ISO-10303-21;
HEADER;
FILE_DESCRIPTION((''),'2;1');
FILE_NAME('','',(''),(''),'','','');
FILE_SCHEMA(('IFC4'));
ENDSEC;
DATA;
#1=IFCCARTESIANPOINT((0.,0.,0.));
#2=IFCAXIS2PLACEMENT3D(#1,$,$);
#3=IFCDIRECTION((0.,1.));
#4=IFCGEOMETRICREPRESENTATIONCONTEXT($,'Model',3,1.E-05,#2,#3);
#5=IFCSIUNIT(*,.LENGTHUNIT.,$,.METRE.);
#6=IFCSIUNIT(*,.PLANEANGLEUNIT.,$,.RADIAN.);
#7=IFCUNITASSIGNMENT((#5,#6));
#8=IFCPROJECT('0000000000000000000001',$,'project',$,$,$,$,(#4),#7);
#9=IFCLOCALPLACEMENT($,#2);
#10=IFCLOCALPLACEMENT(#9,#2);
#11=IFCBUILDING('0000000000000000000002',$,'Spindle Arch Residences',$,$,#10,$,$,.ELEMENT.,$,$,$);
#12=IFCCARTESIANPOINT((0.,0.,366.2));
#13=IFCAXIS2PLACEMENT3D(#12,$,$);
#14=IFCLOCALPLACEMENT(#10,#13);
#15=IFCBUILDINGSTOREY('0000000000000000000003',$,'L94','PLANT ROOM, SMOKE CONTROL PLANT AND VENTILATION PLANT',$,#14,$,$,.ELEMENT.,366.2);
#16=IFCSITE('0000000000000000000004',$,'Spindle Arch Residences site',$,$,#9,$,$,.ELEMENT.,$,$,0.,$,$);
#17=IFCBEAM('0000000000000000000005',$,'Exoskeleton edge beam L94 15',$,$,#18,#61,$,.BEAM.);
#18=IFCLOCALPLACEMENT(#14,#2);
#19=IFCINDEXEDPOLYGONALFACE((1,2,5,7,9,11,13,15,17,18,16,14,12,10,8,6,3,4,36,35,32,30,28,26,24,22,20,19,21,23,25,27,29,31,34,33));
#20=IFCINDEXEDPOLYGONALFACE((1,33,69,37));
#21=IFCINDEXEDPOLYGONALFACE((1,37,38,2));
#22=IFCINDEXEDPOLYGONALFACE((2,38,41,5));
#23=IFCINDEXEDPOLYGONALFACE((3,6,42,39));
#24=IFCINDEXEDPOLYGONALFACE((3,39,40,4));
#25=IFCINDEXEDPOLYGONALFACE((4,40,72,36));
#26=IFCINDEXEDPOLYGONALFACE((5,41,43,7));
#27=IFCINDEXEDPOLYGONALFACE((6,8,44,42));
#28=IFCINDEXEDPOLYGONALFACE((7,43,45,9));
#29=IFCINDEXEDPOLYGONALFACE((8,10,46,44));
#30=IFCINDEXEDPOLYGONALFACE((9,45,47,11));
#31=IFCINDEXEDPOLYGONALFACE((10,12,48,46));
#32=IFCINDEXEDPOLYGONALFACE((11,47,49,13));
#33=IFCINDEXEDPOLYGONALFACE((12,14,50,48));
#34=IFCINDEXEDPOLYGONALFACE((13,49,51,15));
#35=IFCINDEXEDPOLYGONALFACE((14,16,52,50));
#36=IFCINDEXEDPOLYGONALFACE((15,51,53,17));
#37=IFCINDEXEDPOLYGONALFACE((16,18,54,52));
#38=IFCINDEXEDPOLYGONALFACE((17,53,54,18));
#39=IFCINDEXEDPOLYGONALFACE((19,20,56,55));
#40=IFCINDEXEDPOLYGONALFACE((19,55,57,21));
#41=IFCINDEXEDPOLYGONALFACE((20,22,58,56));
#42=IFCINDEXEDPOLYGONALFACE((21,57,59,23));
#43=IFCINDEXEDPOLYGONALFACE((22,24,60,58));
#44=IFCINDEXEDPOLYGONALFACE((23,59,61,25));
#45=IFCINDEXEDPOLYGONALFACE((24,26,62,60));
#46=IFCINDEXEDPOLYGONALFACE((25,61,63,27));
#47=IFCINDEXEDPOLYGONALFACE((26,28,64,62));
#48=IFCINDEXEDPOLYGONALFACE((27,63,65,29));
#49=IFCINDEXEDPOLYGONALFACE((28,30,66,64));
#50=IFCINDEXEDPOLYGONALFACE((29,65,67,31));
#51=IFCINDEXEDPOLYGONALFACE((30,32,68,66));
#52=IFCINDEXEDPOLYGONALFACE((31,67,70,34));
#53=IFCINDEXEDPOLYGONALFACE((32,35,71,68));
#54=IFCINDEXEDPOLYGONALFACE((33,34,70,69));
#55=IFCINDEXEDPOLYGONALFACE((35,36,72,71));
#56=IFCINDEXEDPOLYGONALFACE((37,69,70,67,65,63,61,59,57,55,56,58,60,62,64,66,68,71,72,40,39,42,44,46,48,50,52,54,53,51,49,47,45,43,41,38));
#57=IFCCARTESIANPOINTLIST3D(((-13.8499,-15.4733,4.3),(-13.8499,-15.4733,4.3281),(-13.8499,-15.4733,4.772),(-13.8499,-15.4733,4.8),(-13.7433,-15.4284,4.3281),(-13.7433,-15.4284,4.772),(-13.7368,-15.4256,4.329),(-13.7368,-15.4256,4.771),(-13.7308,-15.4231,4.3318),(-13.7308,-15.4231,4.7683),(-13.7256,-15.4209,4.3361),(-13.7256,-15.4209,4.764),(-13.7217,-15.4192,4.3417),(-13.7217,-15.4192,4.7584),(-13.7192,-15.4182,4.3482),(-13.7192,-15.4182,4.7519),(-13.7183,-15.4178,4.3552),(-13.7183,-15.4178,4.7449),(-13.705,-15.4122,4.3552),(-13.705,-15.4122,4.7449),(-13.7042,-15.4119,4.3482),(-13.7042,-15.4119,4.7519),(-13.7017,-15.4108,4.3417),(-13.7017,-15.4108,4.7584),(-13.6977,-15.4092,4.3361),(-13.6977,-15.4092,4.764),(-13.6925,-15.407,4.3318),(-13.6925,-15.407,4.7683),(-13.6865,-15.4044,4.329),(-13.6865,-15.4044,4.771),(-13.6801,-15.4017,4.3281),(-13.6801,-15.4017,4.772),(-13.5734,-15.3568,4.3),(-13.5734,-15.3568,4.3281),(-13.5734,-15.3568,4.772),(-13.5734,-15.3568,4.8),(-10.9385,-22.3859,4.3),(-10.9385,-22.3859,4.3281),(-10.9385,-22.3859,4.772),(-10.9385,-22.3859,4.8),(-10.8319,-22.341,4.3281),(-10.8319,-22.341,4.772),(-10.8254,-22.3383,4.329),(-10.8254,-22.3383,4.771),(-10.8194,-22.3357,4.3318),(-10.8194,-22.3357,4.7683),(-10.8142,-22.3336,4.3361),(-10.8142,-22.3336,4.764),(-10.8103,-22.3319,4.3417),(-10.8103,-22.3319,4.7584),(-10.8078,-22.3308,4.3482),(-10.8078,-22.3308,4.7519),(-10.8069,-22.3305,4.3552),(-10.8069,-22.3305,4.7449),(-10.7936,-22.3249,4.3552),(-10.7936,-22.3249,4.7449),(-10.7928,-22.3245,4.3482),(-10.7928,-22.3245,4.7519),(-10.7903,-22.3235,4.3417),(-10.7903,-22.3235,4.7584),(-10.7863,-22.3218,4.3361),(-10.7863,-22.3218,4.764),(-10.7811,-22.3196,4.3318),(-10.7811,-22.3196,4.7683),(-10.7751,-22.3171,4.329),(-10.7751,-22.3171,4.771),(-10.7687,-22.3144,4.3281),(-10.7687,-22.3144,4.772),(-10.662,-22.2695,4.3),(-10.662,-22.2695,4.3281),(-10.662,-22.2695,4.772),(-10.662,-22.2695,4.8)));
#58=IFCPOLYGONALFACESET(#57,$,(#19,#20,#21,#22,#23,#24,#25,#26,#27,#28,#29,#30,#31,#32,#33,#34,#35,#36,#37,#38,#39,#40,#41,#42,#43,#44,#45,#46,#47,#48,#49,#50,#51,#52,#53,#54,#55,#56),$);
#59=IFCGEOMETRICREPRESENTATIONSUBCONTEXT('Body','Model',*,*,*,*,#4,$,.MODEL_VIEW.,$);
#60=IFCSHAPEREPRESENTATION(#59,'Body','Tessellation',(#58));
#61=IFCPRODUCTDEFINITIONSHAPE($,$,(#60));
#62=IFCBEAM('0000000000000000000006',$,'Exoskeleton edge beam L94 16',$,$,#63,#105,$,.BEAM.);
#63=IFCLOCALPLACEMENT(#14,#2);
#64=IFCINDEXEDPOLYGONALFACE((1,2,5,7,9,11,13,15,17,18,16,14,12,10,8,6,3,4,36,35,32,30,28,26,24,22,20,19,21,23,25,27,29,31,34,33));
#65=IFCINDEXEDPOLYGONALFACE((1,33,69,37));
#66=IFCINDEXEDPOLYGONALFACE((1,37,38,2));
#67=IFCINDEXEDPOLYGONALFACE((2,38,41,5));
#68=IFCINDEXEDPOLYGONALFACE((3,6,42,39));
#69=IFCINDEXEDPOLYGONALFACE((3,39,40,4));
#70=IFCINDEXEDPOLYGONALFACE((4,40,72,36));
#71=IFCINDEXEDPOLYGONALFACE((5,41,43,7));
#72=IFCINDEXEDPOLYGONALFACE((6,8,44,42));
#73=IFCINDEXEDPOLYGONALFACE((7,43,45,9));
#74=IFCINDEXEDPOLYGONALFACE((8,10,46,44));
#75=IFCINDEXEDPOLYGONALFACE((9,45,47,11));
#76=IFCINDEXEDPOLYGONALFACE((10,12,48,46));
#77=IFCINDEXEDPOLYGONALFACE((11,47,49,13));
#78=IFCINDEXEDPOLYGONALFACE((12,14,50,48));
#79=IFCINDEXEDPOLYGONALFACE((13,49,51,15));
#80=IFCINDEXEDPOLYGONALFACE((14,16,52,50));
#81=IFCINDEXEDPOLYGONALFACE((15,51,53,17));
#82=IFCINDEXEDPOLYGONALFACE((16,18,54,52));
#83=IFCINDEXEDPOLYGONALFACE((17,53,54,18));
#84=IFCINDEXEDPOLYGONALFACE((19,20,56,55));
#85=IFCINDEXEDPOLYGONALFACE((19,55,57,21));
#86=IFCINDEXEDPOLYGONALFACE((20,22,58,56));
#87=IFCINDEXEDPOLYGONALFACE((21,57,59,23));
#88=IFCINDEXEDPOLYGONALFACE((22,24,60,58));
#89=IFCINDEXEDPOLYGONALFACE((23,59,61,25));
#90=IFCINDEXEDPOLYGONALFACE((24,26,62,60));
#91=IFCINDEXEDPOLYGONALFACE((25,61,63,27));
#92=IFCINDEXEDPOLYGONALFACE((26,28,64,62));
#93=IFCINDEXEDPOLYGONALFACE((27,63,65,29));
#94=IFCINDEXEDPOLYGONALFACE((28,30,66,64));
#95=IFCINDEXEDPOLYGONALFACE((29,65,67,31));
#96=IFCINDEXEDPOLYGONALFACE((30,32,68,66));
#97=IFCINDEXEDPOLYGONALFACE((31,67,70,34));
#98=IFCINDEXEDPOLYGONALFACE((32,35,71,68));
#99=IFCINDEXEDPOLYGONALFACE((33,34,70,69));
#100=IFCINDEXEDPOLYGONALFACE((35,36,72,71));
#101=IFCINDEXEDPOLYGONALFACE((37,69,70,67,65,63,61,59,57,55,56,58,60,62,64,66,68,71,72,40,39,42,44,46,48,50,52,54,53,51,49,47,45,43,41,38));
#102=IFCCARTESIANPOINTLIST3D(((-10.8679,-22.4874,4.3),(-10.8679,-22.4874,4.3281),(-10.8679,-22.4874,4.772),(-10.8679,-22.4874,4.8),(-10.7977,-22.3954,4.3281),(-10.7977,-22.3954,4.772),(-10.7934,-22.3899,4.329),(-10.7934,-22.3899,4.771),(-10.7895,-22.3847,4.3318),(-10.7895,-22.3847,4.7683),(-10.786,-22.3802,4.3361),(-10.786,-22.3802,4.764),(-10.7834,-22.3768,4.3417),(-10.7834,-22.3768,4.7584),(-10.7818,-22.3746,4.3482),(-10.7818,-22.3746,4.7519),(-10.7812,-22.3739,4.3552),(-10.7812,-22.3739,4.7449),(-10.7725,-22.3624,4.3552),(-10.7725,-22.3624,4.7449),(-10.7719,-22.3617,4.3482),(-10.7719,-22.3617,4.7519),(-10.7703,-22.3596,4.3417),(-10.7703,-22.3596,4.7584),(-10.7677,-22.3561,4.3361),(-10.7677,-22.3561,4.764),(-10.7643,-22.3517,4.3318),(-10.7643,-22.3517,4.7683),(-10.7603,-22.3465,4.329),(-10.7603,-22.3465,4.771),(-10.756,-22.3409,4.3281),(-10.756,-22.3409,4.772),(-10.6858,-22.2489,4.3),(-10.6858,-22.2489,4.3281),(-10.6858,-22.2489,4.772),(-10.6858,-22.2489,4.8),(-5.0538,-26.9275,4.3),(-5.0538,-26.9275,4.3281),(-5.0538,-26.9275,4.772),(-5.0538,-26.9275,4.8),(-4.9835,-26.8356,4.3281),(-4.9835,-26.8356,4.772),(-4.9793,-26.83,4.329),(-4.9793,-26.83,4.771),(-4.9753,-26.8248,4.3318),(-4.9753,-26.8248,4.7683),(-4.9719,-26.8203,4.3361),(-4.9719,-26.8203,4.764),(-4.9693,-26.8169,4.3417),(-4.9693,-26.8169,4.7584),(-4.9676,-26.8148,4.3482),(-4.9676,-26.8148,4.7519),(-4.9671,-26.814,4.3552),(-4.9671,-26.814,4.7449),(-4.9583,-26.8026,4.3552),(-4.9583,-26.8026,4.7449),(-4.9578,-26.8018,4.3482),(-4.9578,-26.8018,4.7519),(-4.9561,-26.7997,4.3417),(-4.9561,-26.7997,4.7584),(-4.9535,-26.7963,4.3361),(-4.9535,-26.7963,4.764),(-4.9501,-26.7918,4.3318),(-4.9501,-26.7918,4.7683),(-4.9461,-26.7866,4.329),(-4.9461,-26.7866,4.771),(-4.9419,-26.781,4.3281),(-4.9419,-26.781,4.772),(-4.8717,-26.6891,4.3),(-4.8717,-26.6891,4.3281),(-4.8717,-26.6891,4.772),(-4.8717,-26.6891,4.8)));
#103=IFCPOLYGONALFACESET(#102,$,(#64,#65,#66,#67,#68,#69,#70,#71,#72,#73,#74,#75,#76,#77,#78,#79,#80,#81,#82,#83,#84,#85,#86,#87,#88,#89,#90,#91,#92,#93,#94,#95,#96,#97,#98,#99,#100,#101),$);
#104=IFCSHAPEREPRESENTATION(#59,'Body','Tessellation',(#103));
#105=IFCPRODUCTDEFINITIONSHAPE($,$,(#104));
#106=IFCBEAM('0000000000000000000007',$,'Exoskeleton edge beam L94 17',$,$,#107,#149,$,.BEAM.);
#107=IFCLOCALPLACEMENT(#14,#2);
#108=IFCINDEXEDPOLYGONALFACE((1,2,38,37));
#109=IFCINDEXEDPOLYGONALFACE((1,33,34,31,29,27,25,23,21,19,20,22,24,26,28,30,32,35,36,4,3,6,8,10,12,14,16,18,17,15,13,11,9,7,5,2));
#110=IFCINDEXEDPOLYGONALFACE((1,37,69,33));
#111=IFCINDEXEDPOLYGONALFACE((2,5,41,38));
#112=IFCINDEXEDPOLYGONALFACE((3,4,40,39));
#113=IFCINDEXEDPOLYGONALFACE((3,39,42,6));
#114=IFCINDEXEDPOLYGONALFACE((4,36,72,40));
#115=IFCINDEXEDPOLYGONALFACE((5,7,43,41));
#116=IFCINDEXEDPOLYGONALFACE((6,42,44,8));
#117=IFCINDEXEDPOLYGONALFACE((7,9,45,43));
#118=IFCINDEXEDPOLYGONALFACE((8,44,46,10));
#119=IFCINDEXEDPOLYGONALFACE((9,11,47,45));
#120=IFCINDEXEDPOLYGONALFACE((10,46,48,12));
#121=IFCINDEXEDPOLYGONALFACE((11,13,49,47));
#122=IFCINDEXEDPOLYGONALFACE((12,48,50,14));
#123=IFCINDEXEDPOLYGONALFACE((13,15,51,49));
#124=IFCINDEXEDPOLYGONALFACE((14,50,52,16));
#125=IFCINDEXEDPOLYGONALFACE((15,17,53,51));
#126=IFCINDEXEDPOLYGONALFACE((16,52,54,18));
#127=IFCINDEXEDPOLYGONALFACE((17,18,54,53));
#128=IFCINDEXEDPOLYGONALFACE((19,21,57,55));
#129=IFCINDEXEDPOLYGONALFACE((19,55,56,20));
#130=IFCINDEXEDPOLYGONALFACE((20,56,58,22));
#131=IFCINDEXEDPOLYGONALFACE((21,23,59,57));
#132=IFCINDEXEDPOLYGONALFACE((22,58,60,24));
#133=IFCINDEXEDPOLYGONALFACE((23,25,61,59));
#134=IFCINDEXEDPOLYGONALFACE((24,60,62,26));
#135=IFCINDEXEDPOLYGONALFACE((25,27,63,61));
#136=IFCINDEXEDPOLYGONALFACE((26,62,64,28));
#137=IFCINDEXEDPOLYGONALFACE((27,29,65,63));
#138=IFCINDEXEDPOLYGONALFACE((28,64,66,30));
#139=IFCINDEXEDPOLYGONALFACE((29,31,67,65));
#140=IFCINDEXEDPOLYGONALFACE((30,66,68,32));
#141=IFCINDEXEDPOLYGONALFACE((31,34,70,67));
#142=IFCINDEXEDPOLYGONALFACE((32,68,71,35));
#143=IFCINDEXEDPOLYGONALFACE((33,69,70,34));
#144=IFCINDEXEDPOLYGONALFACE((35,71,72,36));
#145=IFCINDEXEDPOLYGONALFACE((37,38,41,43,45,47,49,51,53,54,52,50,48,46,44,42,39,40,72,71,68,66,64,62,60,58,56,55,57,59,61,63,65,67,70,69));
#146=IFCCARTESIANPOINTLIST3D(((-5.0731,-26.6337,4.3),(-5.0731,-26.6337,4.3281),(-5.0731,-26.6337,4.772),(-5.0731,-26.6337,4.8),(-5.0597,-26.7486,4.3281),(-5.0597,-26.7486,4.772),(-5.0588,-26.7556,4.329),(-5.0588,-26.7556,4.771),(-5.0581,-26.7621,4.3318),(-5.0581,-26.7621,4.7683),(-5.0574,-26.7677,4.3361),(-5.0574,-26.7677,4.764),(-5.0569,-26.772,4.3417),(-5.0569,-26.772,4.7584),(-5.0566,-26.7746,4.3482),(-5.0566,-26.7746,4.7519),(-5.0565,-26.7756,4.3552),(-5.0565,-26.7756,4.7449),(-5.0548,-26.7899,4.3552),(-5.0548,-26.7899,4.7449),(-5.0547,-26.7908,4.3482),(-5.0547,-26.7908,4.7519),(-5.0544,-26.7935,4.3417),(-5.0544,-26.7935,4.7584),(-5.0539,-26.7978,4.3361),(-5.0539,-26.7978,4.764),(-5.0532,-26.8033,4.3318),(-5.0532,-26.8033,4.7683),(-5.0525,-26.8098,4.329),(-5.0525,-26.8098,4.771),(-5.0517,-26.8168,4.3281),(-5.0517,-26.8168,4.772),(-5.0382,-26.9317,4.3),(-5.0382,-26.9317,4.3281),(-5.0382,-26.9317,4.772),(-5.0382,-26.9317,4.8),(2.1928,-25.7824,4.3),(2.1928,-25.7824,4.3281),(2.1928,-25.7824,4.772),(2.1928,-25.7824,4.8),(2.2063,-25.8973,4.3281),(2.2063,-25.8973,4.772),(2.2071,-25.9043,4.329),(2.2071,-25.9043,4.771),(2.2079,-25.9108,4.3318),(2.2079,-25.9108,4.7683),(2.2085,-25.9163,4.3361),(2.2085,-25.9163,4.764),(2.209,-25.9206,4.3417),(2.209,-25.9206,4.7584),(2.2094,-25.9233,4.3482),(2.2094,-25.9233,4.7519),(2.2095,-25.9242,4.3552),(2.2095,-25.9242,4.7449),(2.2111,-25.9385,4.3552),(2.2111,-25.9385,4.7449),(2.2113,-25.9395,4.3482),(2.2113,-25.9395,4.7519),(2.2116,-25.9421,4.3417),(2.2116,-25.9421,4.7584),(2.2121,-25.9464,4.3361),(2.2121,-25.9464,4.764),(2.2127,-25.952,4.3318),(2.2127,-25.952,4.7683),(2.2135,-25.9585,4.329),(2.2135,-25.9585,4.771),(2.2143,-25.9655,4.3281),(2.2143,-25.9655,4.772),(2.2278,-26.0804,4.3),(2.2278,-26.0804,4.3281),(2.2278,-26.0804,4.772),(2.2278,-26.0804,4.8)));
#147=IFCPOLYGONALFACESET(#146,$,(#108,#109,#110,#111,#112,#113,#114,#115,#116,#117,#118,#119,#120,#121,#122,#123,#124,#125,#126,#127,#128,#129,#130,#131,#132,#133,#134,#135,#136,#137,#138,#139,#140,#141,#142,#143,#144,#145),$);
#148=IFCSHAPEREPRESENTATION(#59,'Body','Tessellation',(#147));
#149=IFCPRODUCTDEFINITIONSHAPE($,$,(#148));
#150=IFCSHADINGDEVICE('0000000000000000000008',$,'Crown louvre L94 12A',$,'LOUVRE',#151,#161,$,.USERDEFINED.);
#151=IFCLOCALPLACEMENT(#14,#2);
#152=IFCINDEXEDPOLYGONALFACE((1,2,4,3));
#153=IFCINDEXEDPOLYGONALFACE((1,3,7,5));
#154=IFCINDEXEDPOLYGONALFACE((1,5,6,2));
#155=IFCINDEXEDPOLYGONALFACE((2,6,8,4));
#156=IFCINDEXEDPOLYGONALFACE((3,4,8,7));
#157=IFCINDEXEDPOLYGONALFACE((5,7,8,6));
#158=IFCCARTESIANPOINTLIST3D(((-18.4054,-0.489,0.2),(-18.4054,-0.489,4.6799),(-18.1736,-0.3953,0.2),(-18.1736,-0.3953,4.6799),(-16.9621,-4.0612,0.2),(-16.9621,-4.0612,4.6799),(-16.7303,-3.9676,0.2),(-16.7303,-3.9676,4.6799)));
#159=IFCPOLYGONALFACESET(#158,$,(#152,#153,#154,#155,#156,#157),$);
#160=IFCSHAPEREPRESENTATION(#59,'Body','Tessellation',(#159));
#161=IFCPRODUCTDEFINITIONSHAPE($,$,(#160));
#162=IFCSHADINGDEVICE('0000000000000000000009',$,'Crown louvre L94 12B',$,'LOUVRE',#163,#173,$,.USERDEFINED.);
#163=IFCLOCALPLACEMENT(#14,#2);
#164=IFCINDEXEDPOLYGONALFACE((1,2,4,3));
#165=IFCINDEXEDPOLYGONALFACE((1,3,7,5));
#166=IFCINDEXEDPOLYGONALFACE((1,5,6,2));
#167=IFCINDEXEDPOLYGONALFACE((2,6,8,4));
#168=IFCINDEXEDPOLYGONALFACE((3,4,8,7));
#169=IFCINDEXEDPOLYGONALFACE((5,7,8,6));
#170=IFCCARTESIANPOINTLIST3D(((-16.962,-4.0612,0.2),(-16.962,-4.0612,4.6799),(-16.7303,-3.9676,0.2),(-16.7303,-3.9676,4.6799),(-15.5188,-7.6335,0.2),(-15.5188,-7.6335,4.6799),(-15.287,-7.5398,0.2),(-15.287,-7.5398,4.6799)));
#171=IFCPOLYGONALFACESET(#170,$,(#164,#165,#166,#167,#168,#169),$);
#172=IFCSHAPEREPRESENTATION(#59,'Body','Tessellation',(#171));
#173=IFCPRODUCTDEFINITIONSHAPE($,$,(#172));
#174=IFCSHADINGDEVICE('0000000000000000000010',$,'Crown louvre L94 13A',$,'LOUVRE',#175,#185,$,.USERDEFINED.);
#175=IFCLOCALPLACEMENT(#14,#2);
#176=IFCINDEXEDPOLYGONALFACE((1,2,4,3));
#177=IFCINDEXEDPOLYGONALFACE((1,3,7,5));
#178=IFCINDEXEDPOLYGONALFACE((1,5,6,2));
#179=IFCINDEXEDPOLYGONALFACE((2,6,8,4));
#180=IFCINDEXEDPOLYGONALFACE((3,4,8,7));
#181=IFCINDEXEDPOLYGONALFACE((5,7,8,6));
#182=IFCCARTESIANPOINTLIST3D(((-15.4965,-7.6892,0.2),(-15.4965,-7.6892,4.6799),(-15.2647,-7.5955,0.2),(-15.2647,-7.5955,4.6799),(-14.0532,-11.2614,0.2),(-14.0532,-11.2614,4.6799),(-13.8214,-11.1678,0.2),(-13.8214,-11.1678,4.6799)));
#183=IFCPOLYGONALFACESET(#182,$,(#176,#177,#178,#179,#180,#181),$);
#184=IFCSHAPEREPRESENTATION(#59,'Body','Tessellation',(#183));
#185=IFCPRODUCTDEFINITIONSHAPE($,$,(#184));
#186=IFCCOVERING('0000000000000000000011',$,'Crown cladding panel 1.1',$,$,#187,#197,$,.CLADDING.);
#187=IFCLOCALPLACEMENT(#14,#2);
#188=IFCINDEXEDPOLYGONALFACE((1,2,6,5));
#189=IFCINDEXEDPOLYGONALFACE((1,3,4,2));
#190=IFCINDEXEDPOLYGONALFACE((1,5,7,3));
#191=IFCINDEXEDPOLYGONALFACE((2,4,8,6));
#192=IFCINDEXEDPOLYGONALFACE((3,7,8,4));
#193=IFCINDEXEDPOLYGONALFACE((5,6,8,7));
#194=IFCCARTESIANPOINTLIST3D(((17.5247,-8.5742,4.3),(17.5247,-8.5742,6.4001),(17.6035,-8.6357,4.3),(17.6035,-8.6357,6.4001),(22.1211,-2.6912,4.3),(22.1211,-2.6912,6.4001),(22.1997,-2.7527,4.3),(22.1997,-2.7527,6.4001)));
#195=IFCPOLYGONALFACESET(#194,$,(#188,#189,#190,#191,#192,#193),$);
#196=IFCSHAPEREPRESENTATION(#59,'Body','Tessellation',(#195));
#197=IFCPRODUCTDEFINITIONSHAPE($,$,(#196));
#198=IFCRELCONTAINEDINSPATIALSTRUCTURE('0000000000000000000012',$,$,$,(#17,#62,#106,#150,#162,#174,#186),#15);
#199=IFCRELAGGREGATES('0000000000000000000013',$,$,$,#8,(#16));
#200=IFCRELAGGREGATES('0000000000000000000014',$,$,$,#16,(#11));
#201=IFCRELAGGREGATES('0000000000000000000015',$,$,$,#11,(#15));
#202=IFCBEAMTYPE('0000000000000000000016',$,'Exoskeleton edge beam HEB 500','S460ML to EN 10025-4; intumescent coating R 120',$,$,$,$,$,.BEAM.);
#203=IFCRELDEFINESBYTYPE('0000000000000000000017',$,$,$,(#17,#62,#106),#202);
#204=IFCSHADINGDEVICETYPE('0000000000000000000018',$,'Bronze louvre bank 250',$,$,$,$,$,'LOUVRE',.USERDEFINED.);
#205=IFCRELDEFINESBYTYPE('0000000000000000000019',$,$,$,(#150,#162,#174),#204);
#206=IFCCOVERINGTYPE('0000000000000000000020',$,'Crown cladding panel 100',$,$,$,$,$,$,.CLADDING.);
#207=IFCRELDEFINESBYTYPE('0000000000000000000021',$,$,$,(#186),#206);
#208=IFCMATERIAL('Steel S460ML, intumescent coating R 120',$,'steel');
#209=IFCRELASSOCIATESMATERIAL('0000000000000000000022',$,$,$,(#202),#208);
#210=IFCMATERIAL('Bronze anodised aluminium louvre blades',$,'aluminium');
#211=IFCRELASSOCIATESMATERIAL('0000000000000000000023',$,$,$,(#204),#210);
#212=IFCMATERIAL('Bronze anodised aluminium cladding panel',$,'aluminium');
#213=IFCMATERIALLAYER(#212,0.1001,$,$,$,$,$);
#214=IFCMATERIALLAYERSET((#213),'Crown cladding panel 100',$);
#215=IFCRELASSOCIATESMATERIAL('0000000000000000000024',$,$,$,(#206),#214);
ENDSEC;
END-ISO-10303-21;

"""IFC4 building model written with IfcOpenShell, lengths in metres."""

from ifc_helpers import new_model, si_unit, direction, frame, origin, origin_2d, place, context, subcontext, project, spatial, polyline, rectangle, i_section, outline, extrude, material, layer, layer_set, material_profile, profile_set, type_object, element, save


model = new_model("IFC4")

# Units and contexts
model_context = context("Model", 3, precision=1e-05, world=origin(), true_north=direction((0.0, 1.0)))
body_context = subcontext(model_context, "Body", "Model", "MODEL_VIEW")
ifc_project = project(units=[si_unit("LENGTHUNIT", "METRE"), si_unit("PLANEANGLEUNIT", "RADIAN")], contexts=[model_context])

# Site, building, storey
site_placement = place(None, origin())
site = spatial("IfcSite", under=ifc_project, at=site_placement, Name="Spindle Arch Residences site", CompositionType="ELEMENT", RefElevation=0.0)
building_placement = place(site_placement, origin())
building = spatial("IfcBuilding", under=site, at=building_placement, Name="Spindle Arch Residences", CompositionType="ELEMENT")
storey_placement = place(building_placement, frame((0.0, 0.0, 366.2)))
storey = spatial("IfcBuildingStorey", under=building, at=storey_placement, Name="L94", Description="PLANT ROOM, SMOKE CONTROL PLANT AND VENTILATION PLANT", CompositionType="ELEMENT", Elevation=366.2)

# Beams
ifc_material_1 = material(Name="Steel S460ML, intumescent coating R 120", Category="steel")
ifc_material_profile_1 = material_profile(ifc_material_1, i_section(OverallWidth=0.3, OverallDepth=0.5, WebThickness=0.0144, FlangeThickness=0.0281, FilletRadius=0.0271, at=origin_2d()), Name="HEB 500")
ifc_profile_set_1 = profile_set([ifc_material_profile_1], Name="Steel S460ML, intumescent coating R 120")
beam_type = type_object("IfcBeamType", Name="Exoskeleton edge beam HEB 500", Description="S460ML to EN 10025-4; intumescent coating R 120", PredefinedType="BEAM", material=ifc_profile_set_1)
beam_placement = place(storey_placement, frame((-13.7117, -15.415, 4.55), z_axis=(0.388149, -0.921597, 0.0), x_axis=(0.921597, 0.388149, 0.0)))
element("IfcBeam", 1, at=beam_placement, inside=storey, type_object=beam_type, Name="Exoskeleton edge beam L94 15", PredefinedType="BEAM", context=body_context, shape_type="SweptSolid", body=[
    extrude(i_section(OverallWidth=0.3, OverallDepth=0.5, WebThickness=0.0144, FlangeThickness=0.0281, FilletRadius=0.0271, at=origin_2d()), origin(), (0.0, 0.0, 1.0), 7.5007),
])
for number, where, z_axis, x_axis, name in (
    (2, (-10.7769, -22.3682, 4.55), (0.794752, -0.606935, 0.0), (0.606935, 0.794752, 0.0), "Exoskeleton edge beam L94 16"),
    (3, (-5.0557, -26.7827, 4.55), (0.993206, 0.116371, 0.0), (-0.116371, 0.993206, 0.0), "Exoskeleton edge beam L94 17"),
):
    element("IfcBeam", number, at=place(storey_placement, frame(where, z_axis=z_axis, x_axis=x_axis)), inside=storey, type_object=beam_type, Name=name, PredefinedType="BEAM", context=body_context, shape_type="SweptSolid", body=[
        extrude(i_section(OverallWidth=0.3, OverallDepth=0.5, WebThickness=0.0144, FlangeThickness=0.0281, FilletRadius=0.0271, at=origin_2d()), origin(), (0.0, 0.0, 1.0), 7.3157),
    ])

# Shading devices
ifc_material_2 = material(Name="Bronze anodised aluminium louvre blades", Category="aluminium")
shading_device_type = type_object("IfcShadingDeviceType", Name="Bronze louvre bank 250", ElementType="LOUVRE", PredefinedType="USERDEFINED", material=ifc_material_2)
for number, where, z_axis, x_axis, name in (
    (4, (-17.5679, -2.2283, 0.2), (0.0, 0.0, 1.0), (0.374607, -0.927184, 0.0), "Crown louvre L94 12A"),
    (5, (-16.1245, -5.8005, 0.2), (0.0, 0.0, 1.0), (0.374607, -0.927184, 0.0), "Crown louvre L94 12B"),
    (6, (-14.6589, -9.4285, 0.2), (0.0, 0.0, 1.0), (0.374607, -0.927184, 0.0), "Crown louvre L94 13A"),
):
    element("IfcShadingDevice", number, at=place(storey_placement, frame(where, z_axis=z_axis, x_axis=x_axis)), inside=storey, type_object=shading_device_type, Name=name, ObjectType="LOUVRE", PredefinedType="USERDEFINED", context=body_context, shape_type="SweptSolid", body=[
        extrude(rectangle(XDim=3.8528, YDim=0.25, at=origin_2d()), origin(), (0.0, 0.0, 1.0), 4.48),
    ])

# Covering
ifc_material_3 = material(Name="Bronze anodised aluminium cladding panel", Category="aluminium")
ifc_layer_1 = layer(ifc_material_3, 0.1001)
ifc_layer_set_1 = layer_set([ifc_layer_1], Name="Crown cladding panel 100")
covering_type = type_object("IfcCoveringType", Name="Crown cladding panel 100", PredefinedType="CLADDING", material=ifc_layer_set_1)
covering_1_placement = place(storey_placement, frame((0.0, 0.0, 4.3)))
element("IfcCovering", 7, at=covering_1_placement, inside=storey, type_object=covering_type, Name="Crown cladding panel 1.1", PredefinedType="CLADDING", context=body_context, shape_type="SweptSolid", body=[
    extrude(outline(polyline([(22.1211, -2.6912), (22.1997, -2.7527), (17.6035, -8.6357), (17.5247, -8.5742), (22.1211, -2.6912)])), origin(), (0.0, 0.0, 1.0), 2.1001),
])

save(model, "model.ifc")
